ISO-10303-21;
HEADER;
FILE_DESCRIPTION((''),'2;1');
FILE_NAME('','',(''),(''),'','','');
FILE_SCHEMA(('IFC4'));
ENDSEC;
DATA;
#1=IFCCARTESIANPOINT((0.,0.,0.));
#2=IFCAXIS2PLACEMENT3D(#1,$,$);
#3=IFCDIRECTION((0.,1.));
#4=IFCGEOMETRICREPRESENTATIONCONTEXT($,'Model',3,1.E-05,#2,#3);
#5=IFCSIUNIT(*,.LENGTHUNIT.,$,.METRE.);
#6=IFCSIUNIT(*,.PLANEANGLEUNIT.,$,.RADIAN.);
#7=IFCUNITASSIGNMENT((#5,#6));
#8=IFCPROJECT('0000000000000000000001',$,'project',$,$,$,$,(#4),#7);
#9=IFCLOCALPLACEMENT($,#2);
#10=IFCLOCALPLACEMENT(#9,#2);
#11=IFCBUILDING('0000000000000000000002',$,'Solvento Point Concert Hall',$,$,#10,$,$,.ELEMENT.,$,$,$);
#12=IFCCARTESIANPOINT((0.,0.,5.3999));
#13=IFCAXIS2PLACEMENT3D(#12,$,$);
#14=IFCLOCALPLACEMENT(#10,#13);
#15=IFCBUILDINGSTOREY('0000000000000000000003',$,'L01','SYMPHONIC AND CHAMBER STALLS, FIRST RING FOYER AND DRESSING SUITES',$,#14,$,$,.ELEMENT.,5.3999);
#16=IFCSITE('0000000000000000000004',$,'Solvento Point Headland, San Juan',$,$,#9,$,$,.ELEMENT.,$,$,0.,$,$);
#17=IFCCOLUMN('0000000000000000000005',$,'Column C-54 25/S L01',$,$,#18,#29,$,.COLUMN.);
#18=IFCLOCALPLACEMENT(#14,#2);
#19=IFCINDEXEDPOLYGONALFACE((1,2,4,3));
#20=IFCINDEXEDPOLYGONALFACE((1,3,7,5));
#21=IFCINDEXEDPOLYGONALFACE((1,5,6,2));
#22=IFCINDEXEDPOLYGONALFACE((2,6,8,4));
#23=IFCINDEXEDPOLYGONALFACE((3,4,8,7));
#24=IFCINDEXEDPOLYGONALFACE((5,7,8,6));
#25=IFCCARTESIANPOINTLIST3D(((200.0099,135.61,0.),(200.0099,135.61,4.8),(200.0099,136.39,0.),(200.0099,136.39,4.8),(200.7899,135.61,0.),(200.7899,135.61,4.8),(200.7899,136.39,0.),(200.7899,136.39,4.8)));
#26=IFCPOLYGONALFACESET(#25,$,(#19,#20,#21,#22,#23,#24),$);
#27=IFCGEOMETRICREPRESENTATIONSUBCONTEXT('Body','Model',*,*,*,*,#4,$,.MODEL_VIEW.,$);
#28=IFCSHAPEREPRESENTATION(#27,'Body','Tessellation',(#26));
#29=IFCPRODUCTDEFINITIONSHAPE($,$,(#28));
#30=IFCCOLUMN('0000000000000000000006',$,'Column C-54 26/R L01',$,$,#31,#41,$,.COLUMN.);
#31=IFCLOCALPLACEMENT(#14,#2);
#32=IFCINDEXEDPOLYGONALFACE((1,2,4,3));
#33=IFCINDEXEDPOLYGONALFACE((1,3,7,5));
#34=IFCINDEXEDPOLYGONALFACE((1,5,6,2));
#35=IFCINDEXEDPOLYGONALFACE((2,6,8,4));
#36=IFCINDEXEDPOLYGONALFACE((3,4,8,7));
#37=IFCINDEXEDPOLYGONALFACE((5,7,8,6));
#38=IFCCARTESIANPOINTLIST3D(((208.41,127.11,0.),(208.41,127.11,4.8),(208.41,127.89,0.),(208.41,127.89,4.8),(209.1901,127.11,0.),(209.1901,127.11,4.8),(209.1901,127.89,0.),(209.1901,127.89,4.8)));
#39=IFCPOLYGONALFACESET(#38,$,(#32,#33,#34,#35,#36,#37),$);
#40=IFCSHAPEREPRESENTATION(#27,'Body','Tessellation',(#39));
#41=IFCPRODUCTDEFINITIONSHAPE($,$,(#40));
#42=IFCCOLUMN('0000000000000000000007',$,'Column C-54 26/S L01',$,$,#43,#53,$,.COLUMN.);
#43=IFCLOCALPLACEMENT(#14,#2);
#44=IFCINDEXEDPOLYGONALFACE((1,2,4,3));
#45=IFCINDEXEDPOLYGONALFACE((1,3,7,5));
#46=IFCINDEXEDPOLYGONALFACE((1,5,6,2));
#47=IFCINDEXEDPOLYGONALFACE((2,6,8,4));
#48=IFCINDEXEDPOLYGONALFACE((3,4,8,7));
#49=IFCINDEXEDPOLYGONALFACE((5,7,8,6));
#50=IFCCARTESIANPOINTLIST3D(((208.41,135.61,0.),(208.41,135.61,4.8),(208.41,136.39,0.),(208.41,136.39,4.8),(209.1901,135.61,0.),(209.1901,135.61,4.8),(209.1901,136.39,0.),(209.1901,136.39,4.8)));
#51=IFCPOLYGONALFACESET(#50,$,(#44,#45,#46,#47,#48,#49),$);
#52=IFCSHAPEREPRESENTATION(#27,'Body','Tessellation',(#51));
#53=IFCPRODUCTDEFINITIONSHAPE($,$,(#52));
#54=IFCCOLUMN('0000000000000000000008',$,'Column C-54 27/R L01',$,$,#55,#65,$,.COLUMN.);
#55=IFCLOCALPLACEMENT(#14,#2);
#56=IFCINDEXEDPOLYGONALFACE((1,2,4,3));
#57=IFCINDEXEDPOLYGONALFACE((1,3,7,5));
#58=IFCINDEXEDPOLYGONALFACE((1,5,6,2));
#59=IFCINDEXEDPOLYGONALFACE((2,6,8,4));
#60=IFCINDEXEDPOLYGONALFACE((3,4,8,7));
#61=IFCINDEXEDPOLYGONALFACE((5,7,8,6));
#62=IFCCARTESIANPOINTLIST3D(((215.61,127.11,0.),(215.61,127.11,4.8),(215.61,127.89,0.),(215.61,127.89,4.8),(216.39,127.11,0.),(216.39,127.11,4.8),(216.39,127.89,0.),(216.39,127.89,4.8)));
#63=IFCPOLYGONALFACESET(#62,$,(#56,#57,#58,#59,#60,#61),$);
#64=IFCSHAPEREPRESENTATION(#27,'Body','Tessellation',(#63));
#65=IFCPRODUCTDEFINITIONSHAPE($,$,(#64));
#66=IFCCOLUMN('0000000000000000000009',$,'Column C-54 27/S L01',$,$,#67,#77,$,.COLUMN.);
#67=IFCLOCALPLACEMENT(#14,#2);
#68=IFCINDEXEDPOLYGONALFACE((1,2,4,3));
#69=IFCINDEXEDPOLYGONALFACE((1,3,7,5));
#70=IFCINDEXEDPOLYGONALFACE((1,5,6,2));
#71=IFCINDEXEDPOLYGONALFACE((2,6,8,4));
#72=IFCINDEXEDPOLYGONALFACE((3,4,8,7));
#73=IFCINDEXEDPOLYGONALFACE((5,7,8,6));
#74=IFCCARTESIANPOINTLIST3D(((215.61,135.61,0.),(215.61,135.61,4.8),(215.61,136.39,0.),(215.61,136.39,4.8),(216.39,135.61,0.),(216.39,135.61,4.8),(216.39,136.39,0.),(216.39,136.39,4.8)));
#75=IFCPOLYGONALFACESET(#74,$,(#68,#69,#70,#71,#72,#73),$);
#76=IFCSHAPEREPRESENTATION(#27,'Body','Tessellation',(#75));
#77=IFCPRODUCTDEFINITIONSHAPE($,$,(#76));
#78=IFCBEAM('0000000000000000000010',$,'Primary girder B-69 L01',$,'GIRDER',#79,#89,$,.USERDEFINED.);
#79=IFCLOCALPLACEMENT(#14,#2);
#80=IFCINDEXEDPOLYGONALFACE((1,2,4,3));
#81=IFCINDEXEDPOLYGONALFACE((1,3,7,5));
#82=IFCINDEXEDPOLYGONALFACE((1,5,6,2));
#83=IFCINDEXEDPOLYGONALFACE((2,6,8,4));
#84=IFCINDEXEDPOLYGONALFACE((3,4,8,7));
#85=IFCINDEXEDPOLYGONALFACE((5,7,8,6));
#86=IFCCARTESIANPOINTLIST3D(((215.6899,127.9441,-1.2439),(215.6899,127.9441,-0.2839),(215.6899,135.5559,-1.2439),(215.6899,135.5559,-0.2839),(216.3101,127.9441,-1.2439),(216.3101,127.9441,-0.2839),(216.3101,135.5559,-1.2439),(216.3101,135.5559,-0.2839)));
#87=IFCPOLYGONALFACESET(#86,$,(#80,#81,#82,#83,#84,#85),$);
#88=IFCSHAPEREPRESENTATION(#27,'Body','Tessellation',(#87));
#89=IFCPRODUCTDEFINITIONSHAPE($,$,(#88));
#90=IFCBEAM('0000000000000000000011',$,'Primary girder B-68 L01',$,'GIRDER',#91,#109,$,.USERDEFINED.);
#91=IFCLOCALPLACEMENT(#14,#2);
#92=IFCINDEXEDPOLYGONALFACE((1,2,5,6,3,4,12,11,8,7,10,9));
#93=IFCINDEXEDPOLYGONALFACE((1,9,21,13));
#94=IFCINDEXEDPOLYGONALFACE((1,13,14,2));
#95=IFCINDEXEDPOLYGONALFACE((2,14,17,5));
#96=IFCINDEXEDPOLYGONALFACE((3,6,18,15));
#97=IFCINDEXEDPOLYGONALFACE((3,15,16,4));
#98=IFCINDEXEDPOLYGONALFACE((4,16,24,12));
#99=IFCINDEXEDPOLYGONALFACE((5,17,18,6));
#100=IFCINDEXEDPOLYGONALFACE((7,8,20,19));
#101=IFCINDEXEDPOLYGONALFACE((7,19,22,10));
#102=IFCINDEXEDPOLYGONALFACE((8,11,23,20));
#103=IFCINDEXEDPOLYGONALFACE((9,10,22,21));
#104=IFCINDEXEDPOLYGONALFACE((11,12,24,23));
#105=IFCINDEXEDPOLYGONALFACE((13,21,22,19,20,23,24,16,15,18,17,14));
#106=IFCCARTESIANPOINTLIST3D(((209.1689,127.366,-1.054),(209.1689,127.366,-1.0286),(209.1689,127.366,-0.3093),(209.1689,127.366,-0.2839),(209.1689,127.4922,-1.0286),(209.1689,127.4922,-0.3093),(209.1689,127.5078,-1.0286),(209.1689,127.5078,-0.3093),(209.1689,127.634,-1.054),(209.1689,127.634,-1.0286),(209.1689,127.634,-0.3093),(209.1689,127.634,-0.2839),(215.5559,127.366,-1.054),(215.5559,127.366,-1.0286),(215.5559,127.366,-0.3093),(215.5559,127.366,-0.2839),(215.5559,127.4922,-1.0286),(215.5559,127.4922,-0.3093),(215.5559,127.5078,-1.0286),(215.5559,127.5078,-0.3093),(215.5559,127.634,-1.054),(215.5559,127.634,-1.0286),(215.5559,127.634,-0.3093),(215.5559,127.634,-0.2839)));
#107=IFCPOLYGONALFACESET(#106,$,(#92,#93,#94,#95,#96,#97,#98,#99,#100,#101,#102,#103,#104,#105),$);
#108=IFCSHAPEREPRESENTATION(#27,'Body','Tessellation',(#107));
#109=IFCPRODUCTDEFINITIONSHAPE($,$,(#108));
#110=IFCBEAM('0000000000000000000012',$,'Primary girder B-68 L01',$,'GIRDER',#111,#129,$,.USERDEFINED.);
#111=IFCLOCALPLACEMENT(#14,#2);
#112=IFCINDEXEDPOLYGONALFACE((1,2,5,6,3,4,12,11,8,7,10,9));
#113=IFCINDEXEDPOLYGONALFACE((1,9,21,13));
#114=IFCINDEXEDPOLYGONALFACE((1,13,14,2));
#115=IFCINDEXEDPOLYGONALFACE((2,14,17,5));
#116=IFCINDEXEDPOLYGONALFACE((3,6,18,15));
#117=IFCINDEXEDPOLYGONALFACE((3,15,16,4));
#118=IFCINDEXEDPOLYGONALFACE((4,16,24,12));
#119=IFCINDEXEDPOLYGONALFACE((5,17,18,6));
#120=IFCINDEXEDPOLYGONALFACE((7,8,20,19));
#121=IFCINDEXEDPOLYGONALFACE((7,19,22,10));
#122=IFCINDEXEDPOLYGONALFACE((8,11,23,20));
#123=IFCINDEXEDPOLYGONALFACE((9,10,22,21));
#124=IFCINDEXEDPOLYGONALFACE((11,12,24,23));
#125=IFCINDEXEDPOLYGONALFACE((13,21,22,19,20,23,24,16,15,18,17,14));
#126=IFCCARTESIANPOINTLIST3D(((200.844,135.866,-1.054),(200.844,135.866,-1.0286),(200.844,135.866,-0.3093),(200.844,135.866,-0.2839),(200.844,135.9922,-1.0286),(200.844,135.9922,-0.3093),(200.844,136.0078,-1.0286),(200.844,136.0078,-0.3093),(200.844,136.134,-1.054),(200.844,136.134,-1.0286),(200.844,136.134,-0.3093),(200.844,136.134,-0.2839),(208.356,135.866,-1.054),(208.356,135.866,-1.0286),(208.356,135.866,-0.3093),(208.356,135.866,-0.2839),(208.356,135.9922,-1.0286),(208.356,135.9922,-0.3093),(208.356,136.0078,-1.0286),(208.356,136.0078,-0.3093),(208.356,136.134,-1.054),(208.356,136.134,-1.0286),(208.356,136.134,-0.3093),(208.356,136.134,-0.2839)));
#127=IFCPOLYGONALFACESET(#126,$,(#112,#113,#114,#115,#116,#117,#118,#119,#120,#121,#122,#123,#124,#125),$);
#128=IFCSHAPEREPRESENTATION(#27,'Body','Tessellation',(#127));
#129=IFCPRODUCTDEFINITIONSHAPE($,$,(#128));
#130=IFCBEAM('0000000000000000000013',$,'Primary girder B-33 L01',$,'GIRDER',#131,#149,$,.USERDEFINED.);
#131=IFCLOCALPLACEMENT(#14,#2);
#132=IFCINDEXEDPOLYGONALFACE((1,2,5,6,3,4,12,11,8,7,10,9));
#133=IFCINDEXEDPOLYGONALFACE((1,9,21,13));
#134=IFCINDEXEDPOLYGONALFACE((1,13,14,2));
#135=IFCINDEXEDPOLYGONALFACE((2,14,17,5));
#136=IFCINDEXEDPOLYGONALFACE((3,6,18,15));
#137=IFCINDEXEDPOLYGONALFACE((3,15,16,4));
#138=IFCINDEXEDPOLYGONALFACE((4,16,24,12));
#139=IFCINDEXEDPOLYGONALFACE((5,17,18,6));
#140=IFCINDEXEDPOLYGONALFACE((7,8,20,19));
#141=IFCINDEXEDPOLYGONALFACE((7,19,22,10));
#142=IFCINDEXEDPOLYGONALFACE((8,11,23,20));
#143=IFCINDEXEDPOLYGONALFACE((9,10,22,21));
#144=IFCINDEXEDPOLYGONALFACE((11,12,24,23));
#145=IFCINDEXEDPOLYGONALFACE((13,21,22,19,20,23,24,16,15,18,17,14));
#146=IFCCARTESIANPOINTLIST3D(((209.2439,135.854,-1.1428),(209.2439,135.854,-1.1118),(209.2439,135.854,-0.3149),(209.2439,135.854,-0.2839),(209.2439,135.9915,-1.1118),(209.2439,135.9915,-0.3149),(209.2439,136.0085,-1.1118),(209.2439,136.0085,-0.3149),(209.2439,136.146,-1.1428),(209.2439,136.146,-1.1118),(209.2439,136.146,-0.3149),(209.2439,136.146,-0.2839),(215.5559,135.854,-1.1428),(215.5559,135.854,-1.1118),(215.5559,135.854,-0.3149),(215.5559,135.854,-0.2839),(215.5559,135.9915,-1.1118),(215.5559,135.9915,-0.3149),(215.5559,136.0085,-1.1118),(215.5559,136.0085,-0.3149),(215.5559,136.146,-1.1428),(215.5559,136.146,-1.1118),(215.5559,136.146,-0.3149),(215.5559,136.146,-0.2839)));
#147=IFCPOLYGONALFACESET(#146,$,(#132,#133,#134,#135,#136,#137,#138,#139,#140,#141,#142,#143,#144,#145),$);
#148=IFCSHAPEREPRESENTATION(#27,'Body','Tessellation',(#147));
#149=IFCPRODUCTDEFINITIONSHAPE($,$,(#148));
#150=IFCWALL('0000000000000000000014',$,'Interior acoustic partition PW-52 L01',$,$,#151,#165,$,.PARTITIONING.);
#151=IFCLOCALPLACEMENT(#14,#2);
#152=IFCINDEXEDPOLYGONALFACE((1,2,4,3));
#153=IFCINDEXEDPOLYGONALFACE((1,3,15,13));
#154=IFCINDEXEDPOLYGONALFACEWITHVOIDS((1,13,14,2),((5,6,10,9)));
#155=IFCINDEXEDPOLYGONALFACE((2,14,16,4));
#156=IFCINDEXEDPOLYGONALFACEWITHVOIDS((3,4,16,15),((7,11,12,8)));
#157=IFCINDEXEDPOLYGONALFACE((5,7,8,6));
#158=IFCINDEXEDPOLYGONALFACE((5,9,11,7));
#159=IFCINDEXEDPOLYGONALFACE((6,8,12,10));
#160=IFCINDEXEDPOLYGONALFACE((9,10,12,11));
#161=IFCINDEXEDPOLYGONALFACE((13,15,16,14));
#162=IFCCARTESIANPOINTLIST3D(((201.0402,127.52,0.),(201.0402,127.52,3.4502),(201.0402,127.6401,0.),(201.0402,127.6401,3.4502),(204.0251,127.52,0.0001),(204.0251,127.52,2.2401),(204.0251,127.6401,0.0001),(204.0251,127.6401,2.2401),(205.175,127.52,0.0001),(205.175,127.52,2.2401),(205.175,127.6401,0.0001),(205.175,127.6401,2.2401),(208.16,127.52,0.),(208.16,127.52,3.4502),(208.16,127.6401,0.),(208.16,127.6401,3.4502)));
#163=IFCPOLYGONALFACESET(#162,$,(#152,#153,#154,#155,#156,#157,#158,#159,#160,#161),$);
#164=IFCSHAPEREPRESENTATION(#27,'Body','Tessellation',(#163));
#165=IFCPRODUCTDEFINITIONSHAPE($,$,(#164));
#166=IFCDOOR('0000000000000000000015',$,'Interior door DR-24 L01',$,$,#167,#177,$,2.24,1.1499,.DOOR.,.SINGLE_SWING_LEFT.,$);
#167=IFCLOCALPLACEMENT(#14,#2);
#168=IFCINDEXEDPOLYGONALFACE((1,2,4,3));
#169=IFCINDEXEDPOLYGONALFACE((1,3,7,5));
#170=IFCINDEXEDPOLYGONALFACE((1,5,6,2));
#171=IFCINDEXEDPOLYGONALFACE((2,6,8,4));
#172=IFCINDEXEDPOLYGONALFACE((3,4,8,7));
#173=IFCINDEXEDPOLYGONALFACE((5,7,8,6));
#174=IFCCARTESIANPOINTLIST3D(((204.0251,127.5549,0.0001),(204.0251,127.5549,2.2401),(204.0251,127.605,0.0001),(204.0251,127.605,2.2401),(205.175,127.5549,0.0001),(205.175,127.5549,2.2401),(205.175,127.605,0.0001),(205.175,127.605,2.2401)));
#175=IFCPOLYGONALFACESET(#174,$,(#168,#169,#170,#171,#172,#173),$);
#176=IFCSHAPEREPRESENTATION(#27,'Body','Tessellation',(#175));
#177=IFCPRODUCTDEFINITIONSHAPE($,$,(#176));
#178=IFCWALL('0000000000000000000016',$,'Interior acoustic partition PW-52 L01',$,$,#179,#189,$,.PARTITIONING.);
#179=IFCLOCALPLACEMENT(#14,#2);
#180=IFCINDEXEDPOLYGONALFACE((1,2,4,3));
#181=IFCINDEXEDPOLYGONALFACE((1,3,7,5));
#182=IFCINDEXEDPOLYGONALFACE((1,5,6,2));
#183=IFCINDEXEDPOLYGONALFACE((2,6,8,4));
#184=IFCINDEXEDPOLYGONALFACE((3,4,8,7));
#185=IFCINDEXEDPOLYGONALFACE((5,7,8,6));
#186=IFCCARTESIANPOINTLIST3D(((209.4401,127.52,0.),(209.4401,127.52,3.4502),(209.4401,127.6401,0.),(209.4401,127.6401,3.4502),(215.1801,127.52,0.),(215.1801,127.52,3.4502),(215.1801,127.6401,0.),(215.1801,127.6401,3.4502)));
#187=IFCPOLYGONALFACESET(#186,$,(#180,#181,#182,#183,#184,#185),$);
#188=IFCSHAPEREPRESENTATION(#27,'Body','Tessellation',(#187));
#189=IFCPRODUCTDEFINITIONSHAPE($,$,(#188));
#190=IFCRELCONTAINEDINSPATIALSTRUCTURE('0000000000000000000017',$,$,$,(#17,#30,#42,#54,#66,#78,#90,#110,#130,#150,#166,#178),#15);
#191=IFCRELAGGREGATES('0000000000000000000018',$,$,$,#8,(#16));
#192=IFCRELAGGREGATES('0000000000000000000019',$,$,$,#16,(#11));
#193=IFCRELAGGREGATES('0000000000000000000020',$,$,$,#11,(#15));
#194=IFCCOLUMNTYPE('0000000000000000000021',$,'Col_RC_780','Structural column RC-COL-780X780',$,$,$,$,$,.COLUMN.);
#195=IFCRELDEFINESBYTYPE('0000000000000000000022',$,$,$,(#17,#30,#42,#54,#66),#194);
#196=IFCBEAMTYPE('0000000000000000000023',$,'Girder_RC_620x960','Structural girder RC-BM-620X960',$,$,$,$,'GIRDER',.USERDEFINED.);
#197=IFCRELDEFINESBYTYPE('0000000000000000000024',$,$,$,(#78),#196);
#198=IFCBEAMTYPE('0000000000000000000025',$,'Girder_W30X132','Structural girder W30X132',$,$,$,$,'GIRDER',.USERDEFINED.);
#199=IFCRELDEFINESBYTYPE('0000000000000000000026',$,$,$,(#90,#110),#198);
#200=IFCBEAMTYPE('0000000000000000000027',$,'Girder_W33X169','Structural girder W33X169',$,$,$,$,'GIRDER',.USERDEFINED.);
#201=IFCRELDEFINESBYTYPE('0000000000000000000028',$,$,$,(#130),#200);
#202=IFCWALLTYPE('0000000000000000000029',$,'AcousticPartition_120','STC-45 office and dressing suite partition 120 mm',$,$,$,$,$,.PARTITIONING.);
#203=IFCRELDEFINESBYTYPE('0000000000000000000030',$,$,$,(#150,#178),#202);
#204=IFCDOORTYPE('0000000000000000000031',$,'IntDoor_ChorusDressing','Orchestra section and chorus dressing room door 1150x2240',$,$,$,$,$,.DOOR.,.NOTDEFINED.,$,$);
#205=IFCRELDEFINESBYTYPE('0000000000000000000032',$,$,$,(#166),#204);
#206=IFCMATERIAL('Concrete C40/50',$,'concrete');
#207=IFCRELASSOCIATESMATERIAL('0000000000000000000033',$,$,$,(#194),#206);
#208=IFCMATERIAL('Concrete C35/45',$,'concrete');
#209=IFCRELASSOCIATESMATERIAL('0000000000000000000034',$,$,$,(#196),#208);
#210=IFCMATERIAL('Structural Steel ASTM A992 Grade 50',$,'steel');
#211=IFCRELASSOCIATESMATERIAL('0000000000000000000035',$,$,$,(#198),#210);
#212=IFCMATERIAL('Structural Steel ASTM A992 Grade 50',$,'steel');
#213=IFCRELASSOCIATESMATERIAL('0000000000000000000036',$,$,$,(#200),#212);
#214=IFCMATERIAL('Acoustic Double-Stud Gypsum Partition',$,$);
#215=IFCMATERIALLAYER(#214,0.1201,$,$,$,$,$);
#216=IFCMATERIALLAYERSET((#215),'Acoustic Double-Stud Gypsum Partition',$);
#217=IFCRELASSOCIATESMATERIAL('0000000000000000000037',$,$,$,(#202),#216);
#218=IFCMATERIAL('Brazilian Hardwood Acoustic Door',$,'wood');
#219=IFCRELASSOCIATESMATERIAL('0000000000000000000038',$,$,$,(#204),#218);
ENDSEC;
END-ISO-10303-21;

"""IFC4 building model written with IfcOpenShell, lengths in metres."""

from ifc_helpers import new_model, si_unit, direction, frame, frame_2d, origin, origin_2d, place, context, subcontext, project, spatial, rectangle, i_section, extrude, material, layer, layer_set, material_profile, profile_set, type_object, element, fill, save


model = new_model("IFC4")

# Units and contexts
model_context = context("Model", 3, precision=1e-05, world=origin(), true_north=direction((0.0, 1.0)))
body_context = subcontext(model_context, "Body", "Model", "MODEL_VIEW")
ifc_project = project(units=[si_unit("LENGTHUNIT", "METRE"), si_unit("PLANEANGLEUNIT", "RADIAN")], contexts=[model_context])

# Site, building, storey
site_placement = place(None, origin())
site = spatial("IfcSite", under=ifc_project, at=site_placement, Name="Solvento Point Headland, San Juan", CompositionType="ELEMENT", RefElevation=0.0)
building_placement = place(site_placement, origin())
building = spatial("IfcBuilding", under=site, at=building_placement, Name="Solvento Point Concert Hall", CompositionType="ELEMENT")
storey_placement = place(building_placement, frame((0.0, 0.0, 5.3999)))
storey = spatial("IfcBuildingStorey", under=building, at=storey_placement, Name="L01", Description="SYMPHONIC AND CHAMBER STALLS, FIRST RING FOYER AND DRESSING SUITES", CompositionType="ELEMENT", Elevation=5.3999)

# Columns
ifc_material_1 = material(Name="Concrete C40/50", Category="concrete")
ifc_material_profile_1 = material_profile(ifc_material_1, rectangle(XDim=0.78, YDim=0.78, at=origin_2d()), Name="RC-COL-780X780")
ifc_profile_set_1 = profile_set([ifc_material_profile_1], Name="Concrete C40/50")
column_type = type_object("IfcColumnType", Name="Col_RC_780", Description="Structural column RC-COL-780X780", PredefinedType="COLUMN", material=ifc_profile_set_1)
for number, where, z_axis, x_axis, name in (
    (1, (200.3999, 136.0, 0.0), (0.0, 0.0, 1.0), (1.0, 0.0, 0.0), "Column C-54 25/S L01"),
    (2, (208.8, 127.5, 0.0), (0.0, 0.0, 1.0), (1.0, 0.0, 0.0), "Column C-54 26/R L01"),
    (3, (208.8, 136.0, 0.0), (0.0, 0.0, 1.0), (1.0, 0.0, 0.0), "Column C-54 26/S L01"),
    (4, (216.0, 127.5, 0.0), (0.0, 0.0, 1.0), (1.0, 0.0, 0.0), "Column C-54 27/R L01"),
    (5, (216.0, 136.0, 0.0), (0.0, 0.0, 1.0), (1.0, 0.0, 0.0), "Column C-54 27/S L01"),
):
    element("IfcColumn", number, at=place(storey_placement, frame(where, z_axis=z_axis, x_axis=x_axis)), inside=storey, type_object=column_type, Name=name, PredefinedType="COLUMN", context=body_context, shape_type="SweptSolid", body=[
        extrude(rectangle(XDim=0.78, YDim=0.78, at=origin_2d()), origin(), (0.0, 0.0, 1.0), 4.8),
    ])

# Beams
ifc_material_2 = material(Name="Concrete C35/45", Category="concrete")
ifc_material_profile_2 = material_profile(ifc_material_2, rectangle(XDim=0.6201, YDim=0.96, at=origin_2d()), Name="RC-BM-620X960")
ifc_profile_set_2 = profile_set([ifc_material_profile_2], Name="Concrete C35/45")
beam_type_1 = type_object("IfcBeamType", Name="Girder_RC_620x960", Description="Structural girder RC-BM-620X960", ElementType="GIRDER", PredefinedType="USERDEFINED", material=ifc_profile_set_2)
beam_1_placement = place(storey_placement, frame((216.0, 127.9441, -0.7639), z_axis=(0.0, 1.0, 0.0), x_axis=(-1.0, 0.0, 0.0)))
element("IfcBeam", 6, at=beam_1_placement, inside=storey, type_object=beam_type_1, Name="Primary girder B-69 L01", ObjectType="GIRDER", PredefinedType="USERDEFINED", context=body_context, shape_type="SweptSolid", body=[
    extrude(rectangle(XDim=0.6201, YDim=0.96, at=origin_2d()), origin(), (0.0, 0.0, 1.0), 7.6118),
])
ifc_material_3 = material(Name="Structural Steel ASTM A992 Grade 50", Category="steel")
ifc_material_profile_3 = material_profile(ifc_material_3, i_section(OverallWidth=0.2681, OverallDepth=0.77, WebThickness=0.0156, FlangeThickness=0.0254, at=origin_2d()), Name="W30X132")
ifc_profile_set_3 = profile_set([ifc_material_profile_3], Name="Structural Steel ASTM A992 Grade 50")
beam_type_2 = type_object("IfcBeamType", Name="Girder_W30X132", Description="Structural girder W30X132", ElementType="GIRDER", PredefinedType="USERDEFINED", material=ifc_profile_set_3)
beam_2_placement = place(storey_placement, frame((209.1689, 127.5, -0.6689), z_axis=(1.0, 0.0, 0.0), x_axis=(0.0, 1.0, 0.0)))
element("IfcBeam", 7, at=beam_2_placement, inside=storey, type_object=beam_type_2, Name="Primary girder B-68 L01", ObjectType="GIRDER", PredefinedType="USERDEFINED", context=body_context, shape_type="SweptSolid", body=[
    extrude(i_section(OverallWidth=0.2681, OverallDepth=0.77, WebThickness=0.0156, FlangeThickness=0.0254, at=origin_2d()), origin(), (0.0, 0.0, 1.0), 6.387),
])
beam_3_placement = place(storey_placement, frame((200.844, 136.0, -0.6689), z_axis=(1.0, 0.0, 0.0), x_axis=(0.0, 1.0, 0.0)))
element("IfcBeam", 8, at=beam_3_placement, inside=storey, type_object=beam_type_2, Name="Primary girder B-68 L01", ObjectType="GIRDER", PredefinedType="USERDEFINED", context=body_context, shape_type="SweptSolid", body=[
    extrude(i_section(OverallWidth=0.2681, OverallDepth=0.77, WebThickness=0.0156, FlangeThickness=0.0254, at=origin_2d()), origin(), (0.0, 0.0, 1.0), 7.512),
])
ifc_material_4 = material(Name="Structural Steel ASTM A992 Grade 50", Category="steel")
ifc_material_profile_4 = material_profile(ifc_material_4, i_section(OverallWidth=0.292, OverallDepth=0.8589, WebThickness=0.0171, FlangeThickness=0.031, at=origin_2d()), Name="W33X169")
ifc_profile_set_4 = profile_set([ifc_material_profile_4], Name="Structural Steel ASTM A992 Grade 50")
beam_type_3 = type_object("IfcBeamType", Name="Girder_W33X169", Description="Structural girder W33X169", ElementType="GIRDER", PredefinedType="USERDEFINED", material=ifc_profile_set_4)
beam_4_placement = place(storey_placement, frame((209.2439, 136.0, -0.7134), z_axis=(1.0, 0.0, 0.0), x_axis=(0.0, 1.0, 0.0)))
element("IfcBeam", 9, at=beam_4_placement, inside=storey, type_object=beam_type_3, Name="Primary girder B-33 L01", ObjectType="GIRDER", PredefinedType="USERDEFINED", context=body_context, shape_type="SweptSolid", body=[
    extrude(i_section(OverallWidth=0.292, OverallDepth=0.8589, WebThickness=0.0171, FlangeThickness=0.031, at=origin_2d()), origin(), (0.0, 0.0, 1.0), 6.312),
])

# Wall, opening, door
ifc_material_5 = material(Name="Acoustic Double-Stud Gypsum Partition")
ifc_layer_1 = layer(ifc_material_5, 0.1201)
ifc_layer_set_1 = layer_set([ifc_layer_1], Name="Acoustic Double-Stud Gypsum Partition")
wall_type_1 = type_object("IfcWallType", Name="AcousticPartition_120", Description="STC-45 office and dressing suite partition 120 mm", PredefinedType="PARTITIONING", material=ifc_layer_set_1)
wall_1_placement = place(storey_placement, frame((201.04, 127.5801, 0.0), z_axis=(0.0, 0.0, 1.0), x_axis=(1.0, 0.0, 0.0)))
wall_1 = element("IfcWall", 10, at=wall_1_placement, inside=storey, type_object=wall_type_1, Name="Interior acoustic partition PW-52 L01", PredefinedType="PARTITIONING", context=body_context, shape_type="SweptSolid", body=[
    extrude(rectangle(XDim=7.1199, YDim=0.1201, at=frame_2d((3.5601, 0.0))), origin(), (0.0, 0.0, 1.0), 3.4502),
])
opening_1_placement = place(wall_1_placement, frame((2.9851, 0.0, 0.0)))
opening_1 = element("IfcOpeningElement", 11, at=opening_1_placement, cuts=wall_1, PredefinedType="OPENING", context=body_context, shape_type="SweptSolid", body=[
    extrude(rectangle(XDim=1.1499, YDim=2.24, at=frame_2d((0.575, 1.1201))), frame((0.0, 0.0701, 0.0), z_axis=(0.0, -1.0, 0.0), x_axis=(1.0, 0.0, 0.0)), (0.0, 0.0, 1.0), 0.1401),
])
ifc_material_6 = material(Name="Brazilian Hardwood Acoustic Door", Category="wood")
door_type = type_object("IfcDoorType", Name="IntDoor_ChorusDressing", Description="Orchestra section and chorus dressing room door 1150x2240", OperationType="NOTDEFINED", PredefinedType="DOOR", material=ifc_material_6)
door_placement = place(opening_1_placement, origin())
door = element("IfcDoor", 12, at=door_placement, inside=storey, type_object=door_type, Name="Interior door DR-24 L01", OperationType="SINGLE_SWING_LEFT", OverallHeight=2.24, OverallWidth=1.1499, PredefinedType="DOOR", context=body_context, shape_type="SweptSolid", body=[
    extrude(rectangle(XDim=1.1499, YDim=2.24, at=frame_2d((0.575, 1.1201))), frame((0.0, 0.0249, 0.0), z_axis=(0.0, -1.0, 0.0), x_axis=(1.0, 0.0, 0.0)), (0.0, 0.0, 1.0), 0.05),
])
fill(opening_1, door)

# Wall
wall_2_placement = place(storey_placement, frame((209.4399, 127.5801, 0.0), z_axis=(0.0, 0.0, 1.0), x_axis=(1.0, 0.0, 0.0)))
element("IfcWall", 13, at=wall_2_placement, inside=storey, type_object=wall_type_1, Name="Interior acoustic partition PW-52 L01", PredefinedType="PARTITIONING", context=body_context, shape_type="SweptSolid", body=[
    extrude(rectangle(XDim=5.74, YDim=0.1201, at=frame_2d((2.8701, 0.0))), origin(), (0.0, 0.0, 1.0), 3.4502),
])

save(model, "model.ifc")
